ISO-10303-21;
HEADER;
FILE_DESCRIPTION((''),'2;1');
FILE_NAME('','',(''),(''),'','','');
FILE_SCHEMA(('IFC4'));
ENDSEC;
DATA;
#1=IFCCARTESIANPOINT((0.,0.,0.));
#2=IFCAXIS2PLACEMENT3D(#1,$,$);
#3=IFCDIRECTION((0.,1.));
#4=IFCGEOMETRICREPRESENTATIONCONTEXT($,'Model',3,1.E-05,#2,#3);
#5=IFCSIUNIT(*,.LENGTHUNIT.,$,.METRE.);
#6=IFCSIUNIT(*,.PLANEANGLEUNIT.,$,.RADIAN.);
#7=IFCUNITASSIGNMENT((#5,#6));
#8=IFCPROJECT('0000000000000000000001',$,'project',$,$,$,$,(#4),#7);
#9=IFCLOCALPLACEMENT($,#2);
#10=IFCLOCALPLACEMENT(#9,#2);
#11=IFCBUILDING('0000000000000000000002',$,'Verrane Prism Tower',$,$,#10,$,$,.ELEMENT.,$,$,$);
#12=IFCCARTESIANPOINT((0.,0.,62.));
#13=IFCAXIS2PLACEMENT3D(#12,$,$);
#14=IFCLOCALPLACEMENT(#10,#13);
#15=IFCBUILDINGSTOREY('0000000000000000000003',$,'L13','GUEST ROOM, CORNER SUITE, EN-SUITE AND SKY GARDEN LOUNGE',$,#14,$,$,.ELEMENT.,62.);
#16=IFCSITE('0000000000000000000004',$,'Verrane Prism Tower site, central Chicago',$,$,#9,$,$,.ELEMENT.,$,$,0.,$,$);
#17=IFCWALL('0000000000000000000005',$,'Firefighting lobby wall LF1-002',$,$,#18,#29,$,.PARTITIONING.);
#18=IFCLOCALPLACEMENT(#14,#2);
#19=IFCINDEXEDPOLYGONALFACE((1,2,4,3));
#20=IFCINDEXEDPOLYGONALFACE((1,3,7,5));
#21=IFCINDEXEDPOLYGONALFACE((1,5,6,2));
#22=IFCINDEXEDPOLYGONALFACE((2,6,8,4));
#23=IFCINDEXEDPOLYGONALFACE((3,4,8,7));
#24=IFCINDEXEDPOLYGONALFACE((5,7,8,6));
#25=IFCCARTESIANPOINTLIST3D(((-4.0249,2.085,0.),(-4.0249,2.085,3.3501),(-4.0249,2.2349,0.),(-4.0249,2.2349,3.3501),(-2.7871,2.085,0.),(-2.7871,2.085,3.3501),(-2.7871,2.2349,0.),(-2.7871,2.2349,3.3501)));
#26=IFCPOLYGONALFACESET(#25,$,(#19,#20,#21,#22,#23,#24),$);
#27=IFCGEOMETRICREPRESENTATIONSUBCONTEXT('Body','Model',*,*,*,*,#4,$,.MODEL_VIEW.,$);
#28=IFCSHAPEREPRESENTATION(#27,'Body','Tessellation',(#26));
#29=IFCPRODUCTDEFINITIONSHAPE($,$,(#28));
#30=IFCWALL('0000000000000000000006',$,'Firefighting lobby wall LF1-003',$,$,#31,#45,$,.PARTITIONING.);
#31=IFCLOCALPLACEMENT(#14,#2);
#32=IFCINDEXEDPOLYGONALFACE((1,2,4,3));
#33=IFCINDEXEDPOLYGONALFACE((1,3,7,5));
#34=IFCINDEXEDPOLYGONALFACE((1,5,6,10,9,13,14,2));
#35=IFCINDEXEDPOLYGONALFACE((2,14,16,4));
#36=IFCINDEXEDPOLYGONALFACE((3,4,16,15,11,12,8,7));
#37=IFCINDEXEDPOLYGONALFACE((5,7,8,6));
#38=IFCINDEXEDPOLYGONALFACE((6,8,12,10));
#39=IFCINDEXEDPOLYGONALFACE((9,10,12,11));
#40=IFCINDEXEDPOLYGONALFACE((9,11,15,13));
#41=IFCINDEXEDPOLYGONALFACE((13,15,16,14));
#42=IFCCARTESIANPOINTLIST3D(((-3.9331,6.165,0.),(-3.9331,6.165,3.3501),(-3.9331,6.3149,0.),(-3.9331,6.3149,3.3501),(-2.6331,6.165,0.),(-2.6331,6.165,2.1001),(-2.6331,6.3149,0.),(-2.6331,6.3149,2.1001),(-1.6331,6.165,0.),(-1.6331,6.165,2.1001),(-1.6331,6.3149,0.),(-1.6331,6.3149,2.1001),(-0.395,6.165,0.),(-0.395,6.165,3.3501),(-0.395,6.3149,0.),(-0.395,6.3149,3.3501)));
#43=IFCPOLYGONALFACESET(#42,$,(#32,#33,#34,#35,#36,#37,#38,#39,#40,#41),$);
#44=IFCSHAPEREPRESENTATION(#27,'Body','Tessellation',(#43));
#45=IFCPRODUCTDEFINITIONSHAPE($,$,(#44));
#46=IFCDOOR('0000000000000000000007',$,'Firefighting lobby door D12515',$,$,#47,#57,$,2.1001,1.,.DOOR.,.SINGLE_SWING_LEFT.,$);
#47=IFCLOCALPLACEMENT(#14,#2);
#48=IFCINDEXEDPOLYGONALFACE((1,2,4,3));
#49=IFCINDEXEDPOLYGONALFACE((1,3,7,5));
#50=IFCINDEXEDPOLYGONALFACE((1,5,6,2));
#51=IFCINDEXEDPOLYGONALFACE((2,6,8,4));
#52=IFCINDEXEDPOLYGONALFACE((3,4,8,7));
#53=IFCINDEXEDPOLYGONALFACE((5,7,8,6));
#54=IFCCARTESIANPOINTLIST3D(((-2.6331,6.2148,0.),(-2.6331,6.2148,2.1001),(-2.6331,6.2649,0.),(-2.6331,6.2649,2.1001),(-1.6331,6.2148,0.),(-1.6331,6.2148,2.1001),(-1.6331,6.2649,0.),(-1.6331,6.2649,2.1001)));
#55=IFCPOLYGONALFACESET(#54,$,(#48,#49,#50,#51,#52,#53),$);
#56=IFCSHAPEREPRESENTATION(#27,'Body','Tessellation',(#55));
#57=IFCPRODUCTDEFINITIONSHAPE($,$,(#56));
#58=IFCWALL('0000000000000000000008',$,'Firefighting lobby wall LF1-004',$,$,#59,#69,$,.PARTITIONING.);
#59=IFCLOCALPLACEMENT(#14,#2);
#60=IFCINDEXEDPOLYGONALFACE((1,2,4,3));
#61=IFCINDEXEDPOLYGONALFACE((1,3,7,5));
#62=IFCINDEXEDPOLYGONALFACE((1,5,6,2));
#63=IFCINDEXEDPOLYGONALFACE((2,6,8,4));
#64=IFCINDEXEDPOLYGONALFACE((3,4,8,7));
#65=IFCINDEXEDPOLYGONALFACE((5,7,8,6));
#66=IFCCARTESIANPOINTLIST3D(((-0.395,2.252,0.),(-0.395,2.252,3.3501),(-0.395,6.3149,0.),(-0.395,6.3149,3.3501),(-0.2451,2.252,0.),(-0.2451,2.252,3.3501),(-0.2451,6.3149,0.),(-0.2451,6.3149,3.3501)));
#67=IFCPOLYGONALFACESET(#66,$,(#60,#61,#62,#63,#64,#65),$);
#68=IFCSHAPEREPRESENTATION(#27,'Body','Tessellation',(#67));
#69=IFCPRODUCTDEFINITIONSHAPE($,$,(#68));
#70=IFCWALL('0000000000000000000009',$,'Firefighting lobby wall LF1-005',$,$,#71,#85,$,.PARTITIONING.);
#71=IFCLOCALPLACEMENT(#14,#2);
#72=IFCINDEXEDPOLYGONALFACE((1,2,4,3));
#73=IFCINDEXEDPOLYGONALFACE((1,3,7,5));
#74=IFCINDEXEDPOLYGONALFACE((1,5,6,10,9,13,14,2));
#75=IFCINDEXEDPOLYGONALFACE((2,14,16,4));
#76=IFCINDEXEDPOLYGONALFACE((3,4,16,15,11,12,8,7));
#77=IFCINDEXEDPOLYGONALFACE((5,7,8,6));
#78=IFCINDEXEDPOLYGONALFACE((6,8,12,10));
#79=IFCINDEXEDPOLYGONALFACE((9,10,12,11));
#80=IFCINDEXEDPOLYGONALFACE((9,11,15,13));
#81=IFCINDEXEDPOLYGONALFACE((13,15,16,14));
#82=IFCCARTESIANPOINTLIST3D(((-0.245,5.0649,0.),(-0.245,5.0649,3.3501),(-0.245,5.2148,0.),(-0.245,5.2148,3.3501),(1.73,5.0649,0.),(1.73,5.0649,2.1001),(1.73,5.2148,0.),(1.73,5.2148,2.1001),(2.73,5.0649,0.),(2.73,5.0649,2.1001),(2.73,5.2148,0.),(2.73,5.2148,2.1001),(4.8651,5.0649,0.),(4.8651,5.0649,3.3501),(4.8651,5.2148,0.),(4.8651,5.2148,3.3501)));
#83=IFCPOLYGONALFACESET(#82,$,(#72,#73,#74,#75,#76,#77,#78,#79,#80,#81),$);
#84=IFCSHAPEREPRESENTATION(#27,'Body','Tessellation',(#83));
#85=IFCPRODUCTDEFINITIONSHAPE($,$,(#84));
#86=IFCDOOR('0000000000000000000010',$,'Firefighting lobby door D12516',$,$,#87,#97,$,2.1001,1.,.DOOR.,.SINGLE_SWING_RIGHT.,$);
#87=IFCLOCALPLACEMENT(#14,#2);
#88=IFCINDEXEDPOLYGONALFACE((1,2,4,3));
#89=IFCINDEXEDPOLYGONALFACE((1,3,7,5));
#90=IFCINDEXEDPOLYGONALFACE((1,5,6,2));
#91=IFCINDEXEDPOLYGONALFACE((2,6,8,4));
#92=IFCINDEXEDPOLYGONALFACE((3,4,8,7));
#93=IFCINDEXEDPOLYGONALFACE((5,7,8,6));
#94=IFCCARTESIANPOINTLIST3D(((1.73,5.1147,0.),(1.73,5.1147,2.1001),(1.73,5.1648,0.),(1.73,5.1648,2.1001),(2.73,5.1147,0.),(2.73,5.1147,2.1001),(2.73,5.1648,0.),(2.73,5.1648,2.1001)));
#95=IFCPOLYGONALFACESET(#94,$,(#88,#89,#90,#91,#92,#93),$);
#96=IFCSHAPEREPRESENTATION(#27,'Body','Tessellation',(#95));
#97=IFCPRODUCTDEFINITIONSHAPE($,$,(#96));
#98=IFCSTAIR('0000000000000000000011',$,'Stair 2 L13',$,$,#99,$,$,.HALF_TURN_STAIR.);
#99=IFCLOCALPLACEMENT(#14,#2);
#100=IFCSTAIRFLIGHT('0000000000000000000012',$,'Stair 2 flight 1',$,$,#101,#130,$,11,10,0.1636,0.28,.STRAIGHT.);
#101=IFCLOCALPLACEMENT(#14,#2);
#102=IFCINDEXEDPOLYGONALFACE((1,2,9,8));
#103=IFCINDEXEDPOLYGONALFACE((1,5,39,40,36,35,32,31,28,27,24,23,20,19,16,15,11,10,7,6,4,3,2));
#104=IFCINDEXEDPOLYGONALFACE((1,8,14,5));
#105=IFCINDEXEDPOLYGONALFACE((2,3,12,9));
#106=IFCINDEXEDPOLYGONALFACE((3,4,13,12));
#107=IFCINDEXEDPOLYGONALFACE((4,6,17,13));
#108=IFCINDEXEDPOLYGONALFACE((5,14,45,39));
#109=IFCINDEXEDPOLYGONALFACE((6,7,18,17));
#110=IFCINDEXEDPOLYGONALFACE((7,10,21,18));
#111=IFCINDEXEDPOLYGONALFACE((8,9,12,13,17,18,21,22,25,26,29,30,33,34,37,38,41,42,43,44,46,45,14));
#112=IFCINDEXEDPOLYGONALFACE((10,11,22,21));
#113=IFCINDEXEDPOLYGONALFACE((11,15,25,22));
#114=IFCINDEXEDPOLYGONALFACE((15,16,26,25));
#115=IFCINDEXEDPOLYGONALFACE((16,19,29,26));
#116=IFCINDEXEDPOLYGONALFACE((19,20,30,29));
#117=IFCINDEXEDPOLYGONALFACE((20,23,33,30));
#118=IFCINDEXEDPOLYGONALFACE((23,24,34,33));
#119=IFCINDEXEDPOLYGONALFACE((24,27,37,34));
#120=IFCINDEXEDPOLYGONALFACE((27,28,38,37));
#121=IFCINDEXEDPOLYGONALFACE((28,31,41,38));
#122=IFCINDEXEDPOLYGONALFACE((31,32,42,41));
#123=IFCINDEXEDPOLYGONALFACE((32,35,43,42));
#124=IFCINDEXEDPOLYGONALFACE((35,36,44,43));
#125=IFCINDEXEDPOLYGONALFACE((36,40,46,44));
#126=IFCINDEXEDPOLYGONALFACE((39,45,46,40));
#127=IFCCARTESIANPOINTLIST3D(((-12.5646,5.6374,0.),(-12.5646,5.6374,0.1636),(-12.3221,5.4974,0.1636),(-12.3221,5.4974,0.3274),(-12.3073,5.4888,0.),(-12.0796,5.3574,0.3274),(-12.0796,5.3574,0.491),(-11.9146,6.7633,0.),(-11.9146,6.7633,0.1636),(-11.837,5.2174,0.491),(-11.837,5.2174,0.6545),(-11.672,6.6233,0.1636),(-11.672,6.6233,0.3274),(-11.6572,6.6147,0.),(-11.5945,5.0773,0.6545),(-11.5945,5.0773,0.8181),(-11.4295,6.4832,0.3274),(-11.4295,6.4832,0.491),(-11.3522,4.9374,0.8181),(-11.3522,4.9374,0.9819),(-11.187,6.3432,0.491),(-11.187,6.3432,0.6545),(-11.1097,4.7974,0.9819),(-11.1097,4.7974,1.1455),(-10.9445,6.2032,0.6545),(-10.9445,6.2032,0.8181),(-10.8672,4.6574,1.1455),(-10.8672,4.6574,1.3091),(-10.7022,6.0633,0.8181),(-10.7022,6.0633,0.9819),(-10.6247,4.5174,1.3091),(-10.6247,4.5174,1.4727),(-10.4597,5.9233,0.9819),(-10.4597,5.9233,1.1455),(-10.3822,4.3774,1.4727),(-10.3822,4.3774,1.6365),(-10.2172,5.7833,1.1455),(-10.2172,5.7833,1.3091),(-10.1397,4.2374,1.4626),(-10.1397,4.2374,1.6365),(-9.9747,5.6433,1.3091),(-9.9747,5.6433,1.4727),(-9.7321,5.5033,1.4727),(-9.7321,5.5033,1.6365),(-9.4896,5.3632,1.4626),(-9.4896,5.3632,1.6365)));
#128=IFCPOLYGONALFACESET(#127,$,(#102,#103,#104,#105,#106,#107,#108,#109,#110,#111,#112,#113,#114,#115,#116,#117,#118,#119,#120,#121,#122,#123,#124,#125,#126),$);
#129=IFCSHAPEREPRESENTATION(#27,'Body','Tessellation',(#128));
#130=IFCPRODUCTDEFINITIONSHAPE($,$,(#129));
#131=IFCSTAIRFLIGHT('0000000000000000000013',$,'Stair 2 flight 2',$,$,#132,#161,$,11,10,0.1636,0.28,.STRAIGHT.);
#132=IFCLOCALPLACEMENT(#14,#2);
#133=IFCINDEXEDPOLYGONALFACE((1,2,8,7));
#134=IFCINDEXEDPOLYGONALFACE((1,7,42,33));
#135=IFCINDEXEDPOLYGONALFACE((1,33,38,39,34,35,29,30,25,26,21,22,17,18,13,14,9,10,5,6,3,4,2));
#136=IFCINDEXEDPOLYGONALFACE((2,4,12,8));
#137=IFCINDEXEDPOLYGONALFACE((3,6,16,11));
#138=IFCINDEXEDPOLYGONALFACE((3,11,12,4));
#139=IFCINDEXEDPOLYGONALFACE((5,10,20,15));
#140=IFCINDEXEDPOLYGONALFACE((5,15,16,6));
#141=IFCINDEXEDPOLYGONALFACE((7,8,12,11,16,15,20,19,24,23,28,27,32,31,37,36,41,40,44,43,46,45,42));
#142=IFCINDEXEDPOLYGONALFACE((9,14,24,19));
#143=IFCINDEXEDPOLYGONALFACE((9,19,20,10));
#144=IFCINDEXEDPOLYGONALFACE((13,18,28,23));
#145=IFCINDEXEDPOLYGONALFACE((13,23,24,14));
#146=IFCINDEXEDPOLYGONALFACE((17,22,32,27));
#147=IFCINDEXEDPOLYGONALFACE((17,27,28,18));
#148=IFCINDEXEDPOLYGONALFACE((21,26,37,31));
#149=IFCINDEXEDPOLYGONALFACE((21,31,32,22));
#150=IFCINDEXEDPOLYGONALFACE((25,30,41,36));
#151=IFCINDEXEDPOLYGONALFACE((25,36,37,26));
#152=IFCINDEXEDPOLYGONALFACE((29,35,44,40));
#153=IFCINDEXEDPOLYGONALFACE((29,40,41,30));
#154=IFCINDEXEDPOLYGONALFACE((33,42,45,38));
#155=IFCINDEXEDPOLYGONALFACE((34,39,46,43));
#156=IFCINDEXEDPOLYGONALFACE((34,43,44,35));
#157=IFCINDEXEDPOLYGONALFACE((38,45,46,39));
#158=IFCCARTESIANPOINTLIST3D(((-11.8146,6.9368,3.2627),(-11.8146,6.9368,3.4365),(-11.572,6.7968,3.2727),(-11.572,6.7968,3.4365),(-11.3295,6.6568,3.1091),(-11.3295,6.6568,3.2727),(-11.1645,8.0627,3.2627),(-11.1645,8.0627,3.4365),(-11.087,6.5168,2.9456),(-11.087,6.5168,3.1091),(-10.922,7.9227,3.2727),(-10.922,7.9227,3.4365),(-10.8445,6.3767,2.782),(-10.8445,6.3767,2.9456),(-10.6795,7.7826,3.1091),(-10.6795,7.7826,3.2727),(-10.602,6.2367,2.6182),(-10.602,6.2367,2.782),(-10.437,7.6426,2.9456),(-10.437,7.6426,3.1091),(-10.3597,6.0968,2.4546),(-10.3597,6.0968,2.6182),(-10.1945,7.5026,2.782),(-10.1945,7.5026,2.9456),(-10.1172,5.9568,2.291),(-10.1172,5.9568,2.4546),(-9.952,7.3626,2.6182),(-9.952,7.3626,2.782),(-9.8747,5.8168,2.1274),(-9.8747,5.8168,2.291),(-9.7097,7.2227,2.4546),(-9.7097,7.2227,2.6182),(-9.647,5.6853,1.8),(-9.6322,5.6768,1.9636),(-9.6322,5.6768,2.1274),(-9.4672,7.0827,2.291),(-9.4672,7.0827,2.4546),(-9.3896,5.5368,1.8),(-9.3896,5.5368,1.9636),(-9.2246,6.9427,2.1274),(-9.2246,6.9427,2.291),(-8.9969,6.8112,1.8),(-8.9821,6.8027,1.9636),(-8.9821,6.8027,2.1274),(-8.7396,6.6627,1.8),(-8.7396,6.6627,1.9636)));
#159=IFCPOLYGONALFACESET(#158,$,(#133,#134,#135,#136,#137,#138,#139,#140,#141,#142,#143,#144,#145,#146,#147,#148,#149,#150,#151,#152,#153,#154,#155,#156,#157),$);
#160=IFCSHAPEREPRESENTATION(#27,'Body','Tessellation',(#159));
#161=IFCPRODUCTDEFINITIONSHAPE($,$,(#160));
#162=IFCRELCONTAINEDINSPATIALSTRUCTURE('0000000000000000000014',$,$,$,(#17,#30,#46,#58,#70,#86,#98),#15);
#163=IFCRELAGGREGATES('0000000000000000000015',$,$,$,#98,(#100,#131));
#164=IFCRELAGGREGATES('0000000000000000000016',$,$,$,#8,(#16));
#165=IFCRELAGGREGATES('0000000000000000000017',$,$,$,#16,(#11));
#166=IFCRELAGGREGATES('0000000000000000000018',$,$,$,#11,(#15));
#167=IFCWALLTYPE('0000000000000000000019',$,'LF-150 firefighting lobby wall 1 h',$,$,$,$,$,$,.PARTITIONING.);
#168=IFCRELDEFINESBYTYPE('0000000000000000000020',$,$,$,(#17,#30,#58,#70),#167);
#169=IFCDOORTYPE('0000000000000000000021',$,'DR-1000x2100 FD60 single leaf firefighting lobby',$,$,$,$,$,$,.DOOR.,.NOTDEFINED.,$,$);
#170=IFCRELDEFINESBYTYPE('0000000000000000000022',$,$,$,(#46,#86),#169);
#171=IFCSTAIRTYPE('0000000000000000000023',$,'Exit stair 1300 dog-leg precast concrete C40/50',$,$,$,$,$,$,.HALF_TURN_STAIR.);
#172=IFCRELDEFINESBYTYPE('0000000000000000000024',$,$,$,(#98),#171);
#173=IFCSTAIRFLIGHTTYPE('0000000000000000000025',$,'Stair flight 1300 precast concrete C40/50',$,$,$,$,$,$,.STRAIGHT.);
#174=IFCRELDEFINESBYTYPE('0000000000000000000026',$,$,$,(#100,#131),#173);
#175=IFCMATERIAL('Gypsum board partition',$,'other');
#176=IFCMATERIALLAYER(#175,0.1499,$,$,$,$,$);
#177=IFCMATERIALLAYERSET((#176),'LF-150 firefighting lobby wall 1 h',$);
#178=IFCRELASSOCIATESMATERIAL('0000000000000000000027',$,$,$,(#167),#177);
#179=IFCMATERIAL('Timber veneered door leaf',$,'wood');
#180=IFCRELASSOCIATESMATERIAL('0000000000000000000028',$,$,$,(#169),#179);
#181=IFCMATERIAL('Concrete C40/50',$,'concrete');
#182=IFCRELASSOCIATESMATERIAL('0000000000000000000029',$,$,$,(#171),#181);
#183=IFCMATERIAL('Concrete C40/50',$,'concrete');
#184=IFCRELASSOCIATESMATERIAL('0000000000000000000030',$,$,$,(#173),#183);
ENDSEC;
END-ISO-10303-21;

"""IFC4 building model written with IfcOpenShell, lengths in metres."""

from ifc_helpers import new_model, si_unit, direction, frame, frame_2d, origin, place, context, subcontext, project, spatial, polyline, rectangle, outline, extrude, material, layer, layer_set, type_object, element, fill, aggregate, save


model = new_model("IFC4")

# Units and contexts
model_context = context("Model", 3, precision=1e-05, world=origin(), true_north=direction((0.0, 1.0)))
body_context = subcontext(model_context, "Body", "Model", "MODEL_VIEW")
ifc_project = project(units=[si_unit("LENGTHUNIT", "METRE"), si_unit("PLANEANGLEUNIT", "RADIAN")], contexts=[model_context])

# Site, building, storey
site_placement = place(None, origin())
site = spatial("IfcSite", under=ifc_project, at=site_placement, Name="Verrane Prism Tower site, central Chicago", CompositionType="ELEMENT", RefElevation=0.0)
building_placement = place(site_placement, origin())
building = spatial("IfcBuilding", under=site, at=building_placement, Name="Verrane Prism Tower", CompositionType="ELEMENT")
storey_placement = place(building_placement, frame((0.0, 0.0, 62.0)))
storey = spatial("IfcBuildingStorey", under=building, at=storey_placement, Name="L13", Description="GUEST ROOM, CORNER SUITE, EN-SUITE AND SKY GARDEN LOUNGE", CompositionType="ELEMENT", Elevation=62.0)

# Wall
ifc_material_1 = material(Name="Gypsum board partition", Category="other")
ifc_layer_1 = layer(ifc_material_1, 0.1499)
ifc_layer_set_1 = layer_set([ifc_layer_1], Name="LF-150 firefighting lobby wall 1 h")
wall_type_1 = type_object("IfcWallType", Name="LF-150 firefighting lobby wall 1 h", PredefinedType="PARTITIONING", material=ifc_layer_set_1)
wall_1_placement = place(storey_placement, frame((-4.0249, 2.1599, 0.0), z_axis=(0.0, 0.0, 1.0), x_axis=(1.0, 0.0, 0.0)))
element("IfcWall", 1, at=wall_1_placement, inside=storey, type_object=wall_type_1, Name="Firefighting lobby wall LF1-002", PredefinedType="PARTITIONING", context=body_context, shape_type="SweptSolid", body=[
    extrude(rectangle(XDim=1.2378, YDim=0.1499, at=frame_2d((0.6189, 0.0))), origin(), (0.0, 0.0, 1.0), 3.3501),
])

# Wall, opening, door
wall_2_placement = place(storey_placement, frame((-3.9331, 6.24, 0.0), z_axis=(0.0, 0.0, 1.0), x_axis=(1.0, 0.0, 0.0)))
wall_2 = element("IfcWall", 2, at=wall_2_placement, inside=storey, type_object=wall_type_1, Name="Firefighting lobby wall LF1-003", PredefinedType="PARTITIONING", context=body_context, shape_type="SweptSolid", body=[
    extrude(rectangle(XDim=3.5381, YDim=0.1499, at=frame_2d((1.769, 0.0))), origin(), (0.0, 0.0, 1.0), 3.3501),
])
opening_1_placement = place(wall_2_placement, frame((1.3, 0.0, 0.0)))
opening_1 = element("IfcOpeningElement", 3, at=opening_1_placement, cuts=wall_2, PredefinedType="OPENING", context=body_context, shape_type="SweptSolid", body=[
    extrude(rectangle(XDim=1.0, YDim=2.1001, at=frame_2d((0.5, 1.05))), frame((0.0, 0.085, 0.0), z_axis=(0.0, -1.0, 0.0), x_axis=(1.0, 0.0, 0.0)), (0.0, 0.0, 1.0), 0.1699),
])
ifc_material_2 = material(Name="Timber veneered door leaf", Category="wood")
door_type_1 = type_object("IfcDoorType", Name="DR-1000x2100 FD60 single leaf firefighting lobby", OperationType="NOTDEFINED", PredefinedType="DOOR", material=ifc_material_2)
door_1_placement = place(opening_1_placement, origin())
door_1 = element("IfcDoor", 4, at=door_1_placement, inside=storey, type_object=door_type_1, Name="Firefighting lobby door D12515", OperationType="SINGLE_SWING_LEFT", OverallHeight=2.1001, OverallWidth=1.0, PredefinedType="DOOR", context=body_context, shape_type="SweptSolid", body=[
    extrude(rectangle(XDim=1.0, YDim=2.1001, at=frame_2d((0.5, 1.05))), frame((0.0, 0.0249, 0.0), z_axis=(0.0, -1.0, 0.0), x_axis=(1.0, 0.0, 0.0)), (0.0, 0.0, 1.0), 0.05),
])
fill(opening_1, door_1)

# Wall
wall_3_placement = place(storey_placement, frame((-0.3201, 2.252, 0.0), z_axis=(0.0, 0.0, 1.0), x_axis=(0.0, 1.0, 0.0)))
element("IfcWall", 5, at=wall_3_placement, inside=storey, type_object=wall_type_1, Name="Firefighting lobby wall LF1-004", PredefinedType="PARTITIONING", context=body_context, shape_type="SweptSolid", body=[
    extrude(rectangle(XDim=4.063, YDim=0.1499, at=frame_2d((2.0315, 0.0))), origin(), (0.0, 0.0, 1.0), 3.3501),
])

# Wall, opening, door
wall_4_placement = place(storey_placement, frame((-0.2451, 5.1399, 0.0), z_axis=(0.0, 0.0, 1.0), x_axis=(1.0, 0.0, 0.0)))
wall_4 = element("IfcWall", 6, at=wall_4_placement, inside=storey, type_object=wall_type_1, Name="Firefighting lobby wall LF1-005", PredefinedType="PARTITIONING", context=body_context, shape_type="SweptSolid", body=[
    extrude(rectangle(XDim=5.1101, YDim=0.1499, at=frame_2d((2.5552, 0.0))), origin(), (0.0, 0.0, 1.0), 3.3501),
])
opening_2_placement = place(wall_4_placement, frame((1.9751, 0.0, 0.0)))
opening_2 = element("IfcOpeningElement", 7, at=opening_2_placement, cuts=wall_4, PredefinedType="OPENING", context=body_context, shape_type="SweptSolid", body=[
    extrude(rectangle(XDim=1.0, YDim=2.1001, at=frame_2d((0.5, 1.05))), frame((0.0, 0.085, 0.0), z_axis=(0.0, -1.0, 0.0), x_axis=(1.0, 0.0, 0.0)), (0.0, 0.0, 1.0), 0.1699),
])
door_2_placement = place(opening_2_placement, origin())
door_2 = element("IfcDoor", 8, at=door_2_placement, inside=storey, type_object=door_type_1, Name="Firefighting lobby door D12516", OperationType="SINGLE_SWING_RIGHT", OverallHeight=2.1001, OverallWidth=1.0, PredefinedType="DOOR", context=body_context, shape_type="SweptSolid", body=[
    extrude(rectangle(XDim=1.0, YDim=2.1001, at=frame_2d((0.5, 1.05))), frame((0.0, 0.0249, 0.0), z_axis=(0.0, -1.0, 0.0), x_axis=(1.0, 0.0, 0.0)), (0.0, 0.0, 1.0), 0.05),
])
fill(opening_2, door_2)

# Stair, stair flights
ifc_material_3 = material(Name="Concrete C40/50", Category="concrete")
stair_type = type_object("IfcStairType", Name="Exit stair 1300 dog-leg precast concrete C40/50", PredefinedType="HALF_TURN_STAIR", material=ifc_material_3)
stair_placement = place(storey_placement, origin())
stair = element("IfcStair", 9, at=stair_placement, inside=storey, type_object=stair_type, Name="Stair 2 L13", PredefinedType="HALF_TURN_STAIR")
ifc_material_4 = material(Name="Concrete C40/50", Category="concrete")
stair_flight_type = type_object("IfcStairFlightType", Name="Stair flight 1300 precast concrete C40/50", PredefinedType="STRAIGHT", material=ifc_material_4)
stair_flight_1_placement = place(storey_placement, frame((-12.2395, 6.2004, 0.0), z_axis=(0.0, 0.0, 1.0), x_axis=(0.866025, -0.5, 0.0)))
stair_flight_1 = element("IfcStairFlight", 10, at=stair_flight_1_placement, type_object=stair_flight_type, Name="Stair 2 flight 1", NumberOfRisers=11, NumberOfTreads=10, PredefinedType="STRAIGHT", RiserHeight=0.1636, TreadLength=0.28, context=body_context, shape_type="SweptSolid", body=[
    extrude(outline(polyline([(0.0, 0.0), (0.0, 0.1636), (0.28, 0.1636), (0.28, 0.3274), (0.5601, 0.3274), (0.5601, 0.491), (0.8401, 0.491), (0.8401, 0.6545), (1.1201, 0.6545), (1.1201, 0.8181), (1.3999, 0.8181), (1.3999, 0.9819), (1.6799, 0.9819), (1.6799, 1.1455), (1.96, 1.1455), (1.96, 1.3091), (2.24, 1.3091), (2.24, 1.4727), (2.52, 1.4727), (2.52, 1.6365), (2.8, 1.6365), (2.8, 1.8), (2.8, 1.4626), (0.2971, 0.0), (0.0, 0.0)])), frame((0.0, 0.6499, 0.0), z_axis=(0.0, -1.0, 0.0), x_axis=(1.0, 0.0, 0.0)), (0.0, 0.0, 1.0), 1.3),
])
stair_flight_2_placement = place(storey_placement, frame((-9.0647, 6.0996, 1.8), z_axis=(0.0, 0.0, 1.0), x_axis=(-0.866025, 0.5, 0.0)))
stair_flight_2 = element("IfcStairFlight", 11, at=stair_flight_2_placement, type_object=stair_flight_type, Name="Stair 2 flight 2", NumberOfRisers=11, NumberOfTreads=10, PredefinedType="STRAIGHT", RiserHeight=0.1636, TreadLength=0.28, context=body_context, shape_type="SweptSolid", body=[
    extrude(outline(polyline([(0.0, 0.0), (0.0, 0.1636), (0.28, 0.1636), (0.28, 0.3274), (0.5601, 0.3274), (0.5601, 0.491), (0.8401, 0.491), (0.8401, 0.6545), (1.1201, 0.6545), (1.1201, 0.8181), (1.3999, 0.8181), (1.3999, 0.9819), (1.6799, 0.9819), (1.6799, 1.1455), (1.96, 1.1455), (1.96, 1.3091), (2.24, 1.3091), (2.24, 1.4727), (2.52, 1.4727), (2.52, 1.6365), (2.8, 1.6365), (2.8, 1.8), (2.8, 1.4626), (0.2971, 0.0), (0.0, 0.0)])), frame((0.0, 0.6499, 0.0), z_axis=(0.0, -1.0, 0.0), x_axis=(1.0, 0.0, 0.0)), (0.0, 0.0, 1.0), 1.3),
])
aggregate(stair, [stair_flight_1, stair_flight_2])

save(model, "model.ifc")
